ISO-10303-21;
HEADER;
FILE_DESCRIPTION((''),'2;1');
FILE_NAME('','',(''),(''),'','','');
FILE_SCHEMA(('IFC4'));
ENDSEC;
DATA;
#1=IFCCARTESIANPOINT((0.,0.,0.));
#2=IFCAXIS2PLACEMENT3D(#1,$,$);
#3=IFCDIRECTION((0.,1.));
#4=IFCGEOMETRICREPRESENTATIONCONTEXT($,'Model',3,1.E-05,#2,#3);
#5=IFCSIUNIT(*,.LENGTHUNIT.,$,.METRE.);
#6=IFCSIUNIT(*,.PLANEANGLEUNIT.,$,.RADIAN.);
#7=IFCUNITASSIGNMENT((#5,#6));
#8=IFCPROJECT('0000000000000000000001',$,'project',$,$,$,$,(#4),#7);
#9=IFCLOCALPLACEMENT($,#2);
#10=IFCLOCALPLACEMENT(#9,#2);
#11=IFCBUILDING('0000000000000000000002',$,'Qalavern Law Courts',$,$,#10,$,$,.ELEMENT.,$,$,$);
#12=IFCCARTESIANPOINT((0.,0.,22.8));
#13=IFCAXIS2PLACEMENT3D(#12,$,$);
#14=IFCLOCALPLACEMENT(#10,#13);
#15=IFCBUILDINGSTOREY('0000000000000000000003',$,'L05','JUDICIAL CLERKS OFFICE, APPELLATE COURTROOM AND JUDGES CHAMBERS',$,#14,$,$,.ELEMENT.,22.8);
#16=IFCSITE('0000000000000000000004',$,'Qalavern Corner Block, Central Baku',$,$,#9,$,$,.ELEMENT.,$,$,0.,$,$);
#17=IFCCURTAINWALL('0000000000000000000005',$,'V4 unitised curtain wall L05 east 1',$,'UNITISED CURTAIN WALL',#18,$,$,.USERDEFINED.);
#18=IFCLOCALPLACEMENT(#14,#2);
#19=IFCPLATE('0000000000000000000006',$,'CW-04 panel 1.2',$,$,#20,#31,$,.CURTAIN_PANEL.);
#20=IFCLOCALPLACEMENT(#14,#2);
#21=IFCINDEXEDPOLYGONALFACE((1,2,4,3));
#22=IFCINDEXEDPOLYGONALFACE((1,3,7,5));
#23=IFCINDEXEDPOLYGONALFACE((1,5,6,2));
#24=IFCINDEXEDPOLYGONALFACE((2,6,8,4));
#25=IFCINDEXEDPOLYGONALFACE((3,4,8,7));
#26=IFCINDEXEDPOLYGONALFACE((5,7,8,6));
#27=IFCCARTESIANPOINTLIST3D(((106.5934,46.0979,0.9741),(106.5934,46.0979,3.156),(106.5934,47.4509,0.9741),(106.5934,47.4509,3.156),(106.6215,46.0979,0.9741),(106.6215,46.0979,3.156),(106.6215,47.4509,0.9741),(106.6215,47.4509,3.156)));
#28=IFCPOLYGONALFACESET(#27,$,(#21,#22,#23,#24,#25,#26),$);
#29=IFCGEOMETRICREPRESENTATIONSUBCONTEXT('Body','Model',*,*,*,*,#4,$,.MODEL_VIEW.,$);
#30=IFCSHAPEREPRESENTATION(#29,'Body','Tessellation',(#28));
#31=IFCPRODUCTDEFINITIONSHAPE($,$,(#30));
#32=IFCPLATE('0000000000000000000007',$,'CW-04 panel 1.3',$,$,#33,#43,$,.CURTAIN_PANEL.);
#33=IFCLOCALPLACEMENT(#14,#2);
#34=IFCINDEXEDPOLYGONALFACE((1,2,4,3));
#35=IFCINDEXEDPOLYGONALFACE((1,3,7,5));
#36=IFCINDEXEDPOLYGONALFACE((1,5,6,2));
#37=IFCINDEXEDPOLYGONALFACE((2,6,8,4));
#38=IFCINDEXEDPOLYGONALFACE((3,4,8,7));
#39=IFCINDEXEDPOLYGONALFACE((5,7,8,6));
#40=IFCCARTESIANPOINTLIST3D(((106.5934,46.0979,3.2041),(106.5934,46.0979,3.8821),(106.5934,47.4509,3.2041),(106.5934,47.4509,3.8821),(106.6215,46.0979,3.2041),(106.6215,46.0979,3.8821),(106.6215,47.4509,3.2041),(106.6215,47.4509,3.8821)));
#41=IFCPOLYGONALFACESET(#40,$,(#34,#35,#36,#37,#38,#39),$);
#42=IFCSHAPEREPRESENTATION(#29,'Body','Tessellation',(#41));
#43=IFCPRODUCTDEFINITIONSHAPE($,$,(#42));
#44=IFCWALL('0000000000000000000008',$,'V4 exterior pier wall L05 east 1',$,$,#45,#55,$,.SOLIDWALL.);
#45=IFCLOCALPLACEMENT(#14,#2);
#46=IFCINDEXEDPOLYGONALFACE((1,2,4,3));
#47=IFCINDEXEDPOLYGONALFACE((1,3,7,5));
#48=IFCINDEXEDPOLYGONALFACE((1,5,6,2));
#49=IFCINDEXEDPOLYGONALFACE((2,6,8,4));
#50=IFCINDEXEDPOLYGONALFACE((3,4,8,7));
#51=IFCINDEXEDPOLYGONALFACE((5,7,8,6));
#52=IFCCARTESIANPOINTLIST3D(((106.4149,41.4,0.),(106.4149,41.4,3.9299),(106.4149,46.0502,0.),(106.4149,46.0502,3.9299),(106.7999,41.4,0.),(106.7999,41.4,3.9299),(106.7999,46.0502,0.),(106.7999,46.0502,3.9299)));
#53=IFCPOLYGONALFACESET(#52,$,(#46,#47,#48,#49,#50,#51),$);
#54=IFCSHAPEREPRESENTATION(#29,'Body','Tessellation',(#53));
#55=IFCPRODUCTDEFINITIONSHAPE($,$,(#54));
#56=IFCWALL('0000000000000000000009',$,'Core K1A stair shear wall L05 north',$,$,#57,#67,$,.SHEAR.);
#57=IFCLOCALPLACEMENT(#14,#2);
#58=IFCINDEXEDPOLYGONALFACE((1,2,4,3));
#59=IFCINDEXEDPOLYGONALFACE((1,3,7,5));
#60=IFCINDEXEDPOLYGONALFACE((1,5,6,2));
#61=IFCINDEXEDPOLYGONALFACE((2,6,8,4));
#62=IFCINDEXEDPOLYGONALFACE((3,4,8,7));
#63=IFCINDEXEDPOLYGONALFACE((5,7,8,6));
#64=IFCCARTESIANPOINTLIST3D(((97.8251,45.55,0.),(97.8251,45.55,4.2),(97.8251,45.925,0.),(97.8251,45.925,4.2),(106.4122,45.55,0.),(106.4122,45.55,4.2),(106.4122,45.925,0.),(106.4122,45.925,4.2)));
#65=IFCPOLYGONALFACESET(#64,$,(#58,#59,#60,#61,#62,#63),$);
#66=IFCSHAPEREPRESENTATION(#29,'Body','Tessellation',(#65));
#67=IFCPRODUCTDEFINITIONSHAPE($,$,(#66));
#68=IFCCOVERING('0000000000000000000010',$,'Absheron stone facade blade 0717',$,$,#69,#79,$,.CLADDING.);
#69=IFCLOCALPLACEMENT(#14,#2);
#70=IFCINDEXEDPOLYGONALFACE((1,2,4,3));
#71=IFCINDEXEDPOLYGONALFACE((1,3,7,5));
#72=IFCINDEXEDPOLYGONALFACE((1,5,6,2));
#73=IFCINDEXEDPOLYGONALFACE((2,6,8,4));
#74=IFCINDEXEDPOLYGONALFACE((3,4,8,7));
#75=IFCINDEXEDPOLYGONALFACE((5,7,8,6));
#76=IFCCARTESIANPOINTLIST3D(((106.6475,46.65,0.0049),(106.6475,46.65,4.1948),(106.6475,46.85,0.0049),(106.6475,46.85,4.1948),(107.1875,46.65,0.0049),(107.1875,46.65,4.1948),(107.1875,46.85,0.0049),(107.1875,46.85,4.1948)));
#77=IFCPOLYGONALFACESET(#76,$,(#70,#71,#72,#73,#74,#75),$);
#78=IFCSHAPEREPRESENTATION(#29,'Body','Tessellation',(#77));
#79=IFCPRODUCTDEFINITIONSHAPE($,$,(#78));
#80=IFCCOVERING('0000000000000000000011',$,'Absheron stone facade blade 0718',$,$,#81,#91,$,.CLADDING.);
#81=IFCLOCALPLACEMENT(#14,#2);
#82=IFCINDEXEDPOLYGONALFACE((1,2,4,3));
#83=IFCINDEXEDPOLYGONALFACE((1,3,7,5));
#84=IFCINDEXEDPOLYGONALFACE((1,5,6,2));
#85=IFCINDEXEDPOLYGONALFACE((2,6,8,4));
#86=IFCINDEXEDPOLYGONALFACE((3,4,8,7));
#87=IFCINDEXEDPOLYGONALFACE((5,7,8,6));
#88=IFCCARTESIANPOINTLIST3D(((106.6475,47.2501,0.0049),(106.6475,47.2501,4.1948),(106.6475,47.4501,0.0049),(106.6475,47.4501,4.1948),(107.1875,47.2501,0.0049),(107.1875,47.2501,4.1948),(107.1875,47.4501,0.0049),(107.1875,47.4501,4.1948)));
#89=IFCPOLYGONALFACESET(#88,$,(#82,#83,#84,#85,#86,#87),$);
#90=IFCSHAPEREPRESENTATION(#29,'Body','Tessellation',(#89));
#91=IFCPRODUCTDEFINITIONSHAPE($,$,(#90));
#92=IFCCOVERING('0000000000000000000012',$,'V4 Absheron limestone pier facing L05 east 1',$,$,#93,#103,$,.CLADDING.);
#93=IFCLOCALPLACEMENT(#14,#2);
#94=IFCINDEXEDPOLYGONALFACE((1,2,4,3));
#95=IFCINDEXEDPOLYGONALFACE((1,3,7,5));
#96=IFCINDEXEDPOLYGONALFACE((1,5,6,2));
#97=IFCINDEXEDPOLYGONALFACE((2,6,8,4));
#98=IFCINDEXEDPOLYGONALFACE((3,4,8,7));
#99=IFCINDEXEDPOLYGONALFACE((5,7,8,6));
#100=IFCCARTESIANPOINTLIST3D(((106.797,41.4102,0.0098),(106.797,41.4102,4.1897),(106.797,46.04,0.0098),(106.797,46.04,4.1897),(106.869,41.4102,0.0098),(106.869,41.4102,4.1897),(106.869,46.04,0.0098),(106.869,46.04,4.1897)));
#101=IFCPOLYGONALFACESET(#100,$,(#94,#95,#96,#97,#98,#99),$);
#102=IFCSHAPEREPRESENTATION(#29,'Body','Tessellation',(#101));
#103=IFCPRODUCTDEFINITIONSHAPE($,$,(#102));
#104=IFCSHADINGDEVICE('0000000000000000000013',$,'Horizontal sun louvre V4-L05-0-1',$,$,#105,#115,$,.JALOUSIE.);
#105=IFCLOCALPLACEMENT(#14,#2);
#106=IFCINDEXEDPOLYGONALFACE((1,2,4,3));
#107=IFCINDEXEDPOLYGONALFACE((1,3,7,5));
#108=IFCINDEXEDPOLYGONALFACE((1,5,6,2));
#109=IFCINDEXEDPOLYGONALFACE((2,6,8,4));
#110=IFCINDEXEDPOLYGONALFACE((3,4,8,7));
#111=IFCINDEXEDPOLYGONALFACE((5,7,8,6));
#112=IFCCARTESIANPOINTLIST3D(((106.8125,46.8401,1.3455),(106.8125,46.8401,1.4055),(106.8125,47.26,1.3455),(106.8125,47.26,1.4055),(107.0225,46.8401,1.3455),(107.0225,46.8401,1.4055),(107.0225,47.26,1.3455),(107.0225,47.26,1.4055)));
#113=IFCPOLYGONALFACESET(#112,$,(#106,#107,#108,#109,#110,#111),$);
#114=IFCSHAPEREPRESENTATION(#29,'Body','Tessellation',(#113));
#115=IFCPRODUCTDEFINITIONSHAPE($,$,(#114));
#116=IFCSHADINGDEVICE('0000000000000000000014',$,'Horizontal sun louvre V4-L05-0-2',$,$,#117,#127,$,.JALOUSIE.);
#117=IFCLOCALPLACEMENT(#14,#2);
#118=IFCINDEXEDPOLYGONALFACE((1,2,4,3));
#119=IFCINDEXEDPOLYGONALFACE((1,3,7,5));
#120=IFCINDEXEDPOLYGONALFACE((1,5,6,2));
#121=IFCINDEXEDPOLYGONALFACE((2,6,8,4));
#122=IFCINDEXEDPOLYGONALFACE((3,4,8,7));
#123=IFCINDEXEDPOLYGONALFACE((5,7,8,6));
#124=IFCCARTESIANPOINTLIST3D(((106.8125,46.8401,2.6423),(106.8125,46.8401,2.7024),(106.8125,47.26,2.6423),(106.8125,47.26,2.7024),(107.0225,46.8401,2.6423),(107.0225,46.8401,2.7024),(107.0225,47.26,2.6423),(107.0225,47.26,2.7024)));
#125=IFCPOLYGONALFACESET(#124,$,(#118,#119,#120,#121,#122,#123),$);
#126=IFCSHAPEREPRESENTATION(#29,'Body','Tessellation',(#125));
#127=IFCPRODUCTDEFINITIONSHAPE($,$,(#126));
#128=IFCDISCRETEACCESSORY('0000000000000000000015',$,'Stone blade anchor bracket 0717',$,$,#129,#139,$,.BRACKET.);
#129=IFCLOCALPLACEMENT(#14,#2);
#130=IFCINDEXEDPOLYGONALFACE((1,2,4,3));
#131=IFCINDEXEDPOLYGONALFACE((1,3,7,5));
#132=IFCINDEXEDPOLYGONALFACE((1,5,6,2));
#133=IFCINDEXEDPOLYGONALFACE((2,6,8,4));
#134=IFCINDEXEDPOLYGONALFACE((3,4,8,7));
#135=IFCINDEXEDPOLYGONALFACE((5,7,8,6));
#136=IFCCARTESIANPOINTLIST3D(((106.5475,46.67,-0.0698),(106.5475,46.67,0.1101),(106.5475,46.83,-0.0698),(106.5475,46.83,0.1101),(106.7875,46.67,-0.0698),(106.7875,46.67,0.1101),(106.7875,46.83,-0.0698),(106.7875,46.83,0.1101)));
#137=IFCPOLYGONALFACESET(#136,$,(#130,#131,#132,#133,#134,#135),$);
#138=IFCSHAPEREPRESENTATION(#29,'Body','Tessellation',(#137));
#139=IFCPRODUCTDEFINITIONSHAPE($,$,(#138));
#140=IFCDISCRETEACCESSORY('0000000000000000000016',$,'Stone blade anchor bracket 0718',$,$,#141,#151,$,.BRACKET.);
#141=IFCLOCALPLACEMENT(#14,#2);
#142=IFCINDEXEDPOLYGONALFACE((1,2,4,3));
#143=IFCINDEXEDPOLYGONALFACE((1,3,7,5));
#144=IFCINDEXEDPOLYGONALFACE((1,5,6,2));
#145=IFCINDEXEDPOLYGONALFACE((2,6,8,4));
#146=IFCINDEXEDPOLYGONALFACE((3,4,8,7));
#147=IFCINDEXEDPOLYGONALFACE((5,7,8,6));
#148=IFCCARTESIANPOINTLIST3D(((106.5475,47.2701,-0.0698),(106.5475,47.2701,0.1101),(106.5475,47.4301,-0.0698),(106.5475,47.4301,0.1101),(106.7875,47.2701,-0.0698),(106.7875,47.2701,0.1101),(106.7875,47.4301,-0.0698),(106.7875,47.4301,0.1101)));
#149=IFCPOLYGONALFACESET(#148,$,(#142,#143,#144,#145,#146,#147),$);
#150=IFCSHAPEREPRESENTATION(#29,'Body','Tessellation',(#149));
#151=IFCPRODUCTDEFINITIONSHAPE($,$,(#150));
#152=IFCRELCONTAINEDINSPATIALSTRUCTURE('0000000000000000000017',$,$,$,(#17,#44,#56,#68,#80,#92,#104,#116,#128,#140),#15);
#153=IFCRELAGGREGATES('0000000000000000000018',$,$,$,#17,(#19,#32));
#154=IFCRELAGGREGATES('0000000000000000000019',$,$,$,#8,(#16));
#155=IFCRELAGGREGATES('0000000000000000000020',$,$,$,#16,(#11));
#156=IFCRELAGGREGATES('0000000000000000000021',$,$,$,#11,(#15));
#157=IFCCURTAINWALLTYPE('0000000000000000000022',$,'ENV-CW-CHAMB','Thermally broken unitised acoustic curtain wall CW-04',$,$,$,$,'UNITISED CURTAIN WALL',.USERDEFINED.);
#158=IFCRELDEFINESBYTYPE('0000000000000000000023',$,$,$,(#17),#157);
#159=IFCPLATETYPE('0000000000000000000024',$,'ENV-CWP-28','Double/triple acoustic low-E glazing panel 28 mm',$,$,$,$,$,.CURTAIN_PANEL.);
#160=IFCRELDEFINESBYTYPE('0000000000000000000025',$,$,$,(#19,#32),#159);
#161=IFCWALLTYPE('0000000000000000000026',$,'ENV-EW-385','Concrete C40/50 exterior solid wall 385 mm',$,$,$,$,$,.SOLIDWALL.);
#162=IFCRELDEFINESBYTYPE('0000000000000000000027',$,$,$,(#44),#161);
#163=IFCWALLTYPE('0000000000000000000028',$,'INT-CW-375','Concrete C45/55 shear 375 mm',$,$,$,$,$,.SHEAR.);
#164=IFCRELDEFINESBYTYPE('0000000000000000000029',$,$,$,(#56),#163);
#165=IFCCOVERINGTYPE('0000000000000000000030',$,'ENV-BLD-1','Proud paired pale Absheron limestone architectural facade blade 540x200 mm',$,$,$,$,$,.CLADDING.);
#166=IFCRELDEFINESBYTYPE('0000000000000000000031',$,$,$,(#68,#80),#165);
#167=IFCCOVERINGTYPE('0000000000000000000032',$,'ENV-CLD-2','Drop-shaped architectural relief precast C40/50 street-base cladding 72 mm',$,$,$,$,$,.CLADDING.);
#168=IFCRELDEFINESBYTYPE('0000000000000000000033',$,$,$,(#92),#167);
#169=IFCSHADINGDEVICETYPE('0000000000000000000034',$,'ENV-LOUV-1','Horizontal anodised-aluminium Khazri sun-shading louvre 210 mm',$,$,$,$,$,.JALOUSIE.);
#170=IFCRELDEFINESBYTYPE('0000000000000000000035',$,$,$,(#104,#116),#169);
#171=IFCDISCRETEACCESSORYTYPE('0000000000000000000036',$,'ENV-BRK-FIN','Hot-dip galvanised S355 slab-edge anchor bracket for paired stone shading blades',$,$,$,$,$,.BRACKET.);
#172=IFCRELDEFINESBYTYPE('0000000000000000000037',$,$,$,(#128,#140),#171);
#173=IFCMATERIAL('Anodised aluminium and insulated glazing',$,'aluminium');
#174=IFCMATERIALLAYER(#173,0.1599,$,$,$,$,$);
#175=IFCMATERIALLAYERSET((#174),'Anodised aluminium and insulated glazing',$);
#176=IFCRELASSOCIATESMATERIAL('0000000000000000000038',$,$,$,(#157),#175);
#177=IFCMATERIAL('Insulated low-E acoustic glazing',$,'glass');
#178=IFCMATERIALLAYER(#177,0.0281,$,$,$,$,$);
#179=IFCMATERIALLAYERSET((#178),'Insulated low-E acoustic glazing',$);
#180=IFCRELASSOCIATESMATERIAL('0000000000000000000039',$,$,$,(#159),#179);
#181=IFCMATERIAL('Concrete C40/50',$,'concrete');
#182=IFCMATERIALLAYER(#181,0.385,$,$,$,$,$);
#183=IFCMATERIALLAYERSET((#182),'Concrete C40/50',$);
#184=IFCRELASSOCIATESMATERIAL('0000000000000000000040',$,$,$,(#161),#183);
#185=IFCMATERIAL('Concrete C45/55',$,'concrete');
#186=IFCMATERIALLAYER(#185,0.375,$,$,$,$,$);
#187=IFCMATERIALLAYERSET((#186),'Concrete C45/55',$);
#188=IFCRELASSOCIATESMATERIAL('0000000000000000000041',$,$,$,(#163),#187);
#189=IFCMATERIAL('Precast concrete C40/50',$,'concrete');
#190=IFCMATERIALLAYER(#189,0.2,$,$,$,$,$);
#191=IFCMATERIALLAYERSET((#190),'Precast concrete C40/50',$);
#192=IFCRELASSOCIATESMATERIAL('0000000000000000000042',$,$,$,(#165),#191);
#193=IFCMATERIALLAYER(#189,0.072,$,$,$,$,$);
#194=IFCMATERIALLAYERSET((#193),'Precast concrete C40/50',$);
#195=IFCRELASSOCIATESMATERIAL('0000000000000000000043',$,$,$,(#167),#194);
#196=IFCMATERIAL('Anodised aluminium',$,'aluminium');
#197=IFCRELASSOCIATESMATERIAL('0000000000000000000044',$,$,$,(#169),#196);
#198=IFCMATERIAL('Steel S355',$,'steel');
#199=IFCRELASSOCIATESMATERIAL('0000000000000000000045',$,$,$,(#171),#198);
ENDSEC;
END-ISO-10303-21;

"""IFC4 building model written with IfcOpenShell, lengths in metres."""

from ifc_helpers import new_model, si_unit, direction, frame, frame_2d, origin, origin_2d, place, context, subcontext, project, spatial, rectangle, extrude, material, layer, layer_set, type_object, element, aggregate, save


model = new_model("IFC4")

# Units and contexts
model_context = context("Model", 3, precision=1e-05, world=origin(), true_north=direction((0.0, 1.0)))
body_context = subcontext(model_context, "Body", "Model", "MODEL_VIEW")
ifc_project = project(units=[si_unit("LENGTHUNIT", "METRE"), si_unit("PLANEANGLEUNIT", "RADIAN")], contexts=[model_context])

# Site, building, storey
site_placement = place(None, origin())
site = spatial("IfcSite", under=ifc_project, at=site_placement, Name="Qalavern Corner Block, Central Baku", CompositionType="ELEMENT", RefElevation=0.0)
building_placement = place(site_placement, origin())
building = spatial("IfcBuilding", under=site, at=building_placement, Name="Qalavern Law Courts", CompositionType="ELEMENT")
storey_placement = place(building_placement, frame((0.0, 0.0, 22.8)))
storey = spatial("IfcBuildingStorey", under=building, at=storey_placement, Name="L05", Description="JUDICIAL CLERKS OFFICE, APPELLATE COURTROOM AND JUDGES CHAMBERS", CompositionType="ELEMENT", Elevation=22.8)

# Shared definitions
ifc_material_1 = material(Name="Concrete C45/55", Category="concrete")

# Curtain wall
ifc_material_2 = material(Name="Anodised aluminium and insulated glazing", Category="aluminium")
ifc_layer_1 = layer(ifc_material_2, 0.1599)
ifc_layer_set_1 = layer_set([ifc_layer_1], Name="Anodised aluminium and insulated glazing")
curtain_wall_type = type_object("IfcCurtainWallType", Name="ENV-CW-CHAMB", Description="Thermally broken unitised acoustic curtain wall CW-04", ElementType="UNITISED CURTAIN WALL", PredefinedType="USERDEFINED", material=ifc_layer_set_1)
curtain_wall_placement = place(storey_placement, origin())
curtain_wall = element("IfcCurtainWall", 1, at=curtain_wall_placement, inside=storey, type_object=curtain_wall_type, Name="V4 unitised curtain wall L05 east 1", ObjectType="UNITISED CURTAIN WALL", PredefinedType="USERDEFINED")
ifc_material_3 = material(Name="Anodised aluminium", Category="aluminium")

# Shared definitions
ifc_material_4 = material(Name="Steel S355", Category="steel")

# Plates
ifc_material_5 = material(Name="Insulated low-E acoustic glazing", Category="glass")
ifc_layer_2 = layer(ifc_material_5, 0.0281)
ifc_layer_set_2 = layer_set([ifc_layer_2], Name="Insulated low-E acoustic glazing")
plate_type = type_object("IfcPlateType", Name="ENV-CWP-28", Description="Double/triple acoustic low-E glazing panel 28 mm", PredefinedType="CURTAIN_PANEL", material=ifc_layer_set_2)
plate_1_placement = place(storey_placement, frame((106.6074, 46.7744, 0.9741), z_axis=(0.0, 0.0, 1.0), x_axis=(0.0, 1.0, 0.0)))
plate_1 = element("IfcPlate", 2, at=plate_1_placement, type_object=plate_type, Name="CW-04 panel 1.2", PredefinedType="CURTAIN_PANEL", context=body_context, shape_type="SweptSolid", body=[
    extrude(rectangle(XDim=1.353, YDim=0.0281, at=origin_2d()), origin(), (0.0, 0.0, 1.0), 2.1819),
])
plate_2_placement = place(storey_placement, frame((106.6074, 46.7744, 3.2041), z_axis=(0.0, 0.0, 1.0), x_axis=(0.0, 1.0, 0.0)))
plate_2 = element("IfcPlate", 3, at=plate_2_placement, type_object=plate_type, Name="CW-04 panel 1.3", PredefinedType="CURTAIN_PANEL", context=body_context, shape_type="SweptSolid", body=[
    extrude(rectangle(XDim=1.353, YDim=0.0281, at=origin_2d()), origin(), (0.0, 0.0, 1.0), 0.678),
])
aggregate(curtain_wall, [plate_1, plate_2])

# Walls
ifc_material_6 = material(Name="Concrete C40/50", Category="concrete")
ifc_layer_3 = layer(ifc_material_6, 0.385)
ifc_layer_set_3 = layer_set([ifc_layer_3], Name="Concrete C40/50")
wall_type_1 = type_object("IfcWallType", Name="ENV-EW-385", Description="Concrete C40/50 exterior solid wall 385 mm", PredefinedType="SOLIDWALL", material=ifc_layer_set_3)
wall_1_placement = place(storey_placement, frame((106.6074, 41.3999, 0.0), z_axis=(0.0, 0.0, 1.0), x_axis=(0.0, 1.0, 0.0)))
element("IfcWall", 4, at=wall_1_placement, inside=storey, type_object=wall_type_1, Name="V4 exterior pier wall L05 east 1", PredefinedType="SOLIDWALL", context=body_context, shape_type="SweptSolid", body=[
    extrude(rectangle(XDim=4.6501, YDim=0.385, at=frame_2d((2.3252, 0.0))), origin(), (0.0, 0.0, 1.0), 3.9299),
])
ifc_layer_4 = layer(ifc_material_1, 0.375)
ifc_layer_set_4 = layer_set([ifc_layer_4], Name="Concrete C45/55")
wall_type_2 = type_object("IfcWallType", Name="INT-CW-375", Description="Concrete C45/55 shear 375 mm", PredefinedType="SHEAR", material=ifc_layer_set_4)
wall_2_placement = place(storey_placement, frame((106.4121, 45.7375, 0.0), z_axis=(0.0, 0.0, 1.0), x_axis=(-1.0, 0.0, 0.0)))
element("IfcWall", 5, at=wall_2_placement, inside=storey, type_object=wall_type_2, Name="Core K1A stair shear wall L05 north", PredefinedType="SHEAR", context=body_context, shape_type="SweptSolid", body=[
    extrude(rectangle(XDim=8.5872, YDim=0.375, at=frame_2d((4.2935, 0.0))), origin(), (0.0, 0.0, 1.0), 4.2),
])

# Coverings
ifc_material_7 = material(Name="Precast concrete C40/50", Category="concrete")
ifc_layer_5 = layer(ifc_material_7, 0.2)
ifc_layer_set_5 = layer_set([ifc_layer_5], Name="Precast concrete C40/50")
covering_type_1 = type_object("IfcCoveringType", Name="ENV-BLD-1", Description="Proud paired pale Absheron limestone architectural facade blade 540x200 mm", PredefinedType="CLADDING", material=ifc_layer_set_5)
for number, where, z_axis, x_axis, name in (
    (6, (106.9175, 46.75, 0.0049), (0.0, 0.0, 1.0), (1.0, 0.0, 0.0), "Absheron stone facade blade 0717"),
    (7, (106.9175, 47.3501, 0.0049), (0.0, 0.0, 1.0), (1.0, 0.0, 0.0), "Absheron stone facade blade 0718"),
):
    element("IfcCovering", number, at=place(storey_placement, frame(where, z_axis=z_axis, x_axis=x_axis)), inside=storey, type_object=covering_type_1, Name=name, PredefinedType="CLADDING", context=body_context, shape_type="SweptSolid", body=[
        extrude(rectangle(XDim=0.54, YDim=0.2, at=origin_2d()), origin(), (0.0, 0.0, 1.0), 4.1899),
    ])
ifc_layer_6 = layer(ifc_material_7, 0.072)
ifc_layer_set_6 = layer_set([ifc_layer_6], Name="Precast concrete C40/50")
covering_type_2 = type_object("IfcCoveringType", Name="ENV-CLD-2", Description="Drop-shaped architectural relief precast C40/50 street-base cladding 72 mm", PredefinedType="CLADDING", material=ifc_layer_set_6)
covering_placement = place(storey_placement, frame((106.833, 43.7251, 0.0098), z_axis=(0.0, 0.0, 1.0), x_axis=(0.0, 1.0, 0.0)))
element("IfcCovering", 8, at=covering_placement, inside=storey, type_object=covering_type_2, Name="V4 Absheron limestone pier facing L05 east 1", PredefinedType="CLADDING", context=body_context, shape_type="SweptSolid", body=[
    extrude(rectangle(XDim=4.6299, YDim=0.072, at=origin_2d()), origin(), (0.0, 0.0, 1.0), 4.1799),
])

# Shading devices
shading_device_type = type_object("IfcShadingDeviceType", Name="ENV-LOUV-1", Description="Horizontal anodised-aluminium Khazri sun-shading louvre 210 mm", PredefinedType="JALOUSIE", material=ifc_material_3)
for number, where, z_axis, x_axis, name in (
    (9, (106.9175, 47.05, 1.3455), (0.0, 0.0, 1.0), (0.0, 1.0, 0.0), "Horizontal sun louvre V4-L05-0-1"),
    (10, (106.9175, 47.05, 2.6423), (0.0, 0.0, 1.0), (0.0, 1.0, 0.0), "Horizontal sun louvre V4-L05-0-2"),
):
    element("IfcShadingDevice", number, at=place(storey_placement, frame(where, z_axis=z_axis, x_axis=x_axis)), inside=storey, type_object=shading_device_type, Name=name, PredefinedType="JALOUSIE", context=body_context, shape_type="SweptSolid", body=[
        extrude(rectangle(XDim=0.4199, YDim=0.21, at=origin_2d()), origin(), (0.0, 0.0, 1.0), 0.0601),
    ])

# Discrete accessories
discrete_accessory_type = type_object("IfcDiscreteAccessoryType", Name="ENV-BRK-FIN", Description="Hot-dip galvanised S355 slab-edge anchor bracket for paired stone shading blades", PredefinedType="BRACKET", material=ifc_material_4)
for number, where, z_axis, x_axis, name in (
    (11, (106.6675, 46.75, -0.0698), (0.0, 0.0, 1.0), (1.0, 0.0, 0.0), "Stone blade anchor bracket 0717"),
    (12, (106.6675, 47.3501, -0.0698), (0.0, 0.0, 1.0), (1.0, 0.0, 0.0), "Stone blade anchor bracket 0718"),
):
    element("IfcDiscreteAccessory", number, at=place(storey_placement, frame(where, z_axis=z_axis, x_axis=x_axis)), inside=storey, type_object=discrete_accessory_type, Name=name, PredefinedType="BRACKET", context=body_context, shape_type="SweptSolid", body=[
        extrude(rectangle(XDim=0.24, YDim=0.1599, at=origin_2d()), origin(), (0.0, 0.0, 1.0), 0.1799),
    ])

save(model, "model.ifc")
